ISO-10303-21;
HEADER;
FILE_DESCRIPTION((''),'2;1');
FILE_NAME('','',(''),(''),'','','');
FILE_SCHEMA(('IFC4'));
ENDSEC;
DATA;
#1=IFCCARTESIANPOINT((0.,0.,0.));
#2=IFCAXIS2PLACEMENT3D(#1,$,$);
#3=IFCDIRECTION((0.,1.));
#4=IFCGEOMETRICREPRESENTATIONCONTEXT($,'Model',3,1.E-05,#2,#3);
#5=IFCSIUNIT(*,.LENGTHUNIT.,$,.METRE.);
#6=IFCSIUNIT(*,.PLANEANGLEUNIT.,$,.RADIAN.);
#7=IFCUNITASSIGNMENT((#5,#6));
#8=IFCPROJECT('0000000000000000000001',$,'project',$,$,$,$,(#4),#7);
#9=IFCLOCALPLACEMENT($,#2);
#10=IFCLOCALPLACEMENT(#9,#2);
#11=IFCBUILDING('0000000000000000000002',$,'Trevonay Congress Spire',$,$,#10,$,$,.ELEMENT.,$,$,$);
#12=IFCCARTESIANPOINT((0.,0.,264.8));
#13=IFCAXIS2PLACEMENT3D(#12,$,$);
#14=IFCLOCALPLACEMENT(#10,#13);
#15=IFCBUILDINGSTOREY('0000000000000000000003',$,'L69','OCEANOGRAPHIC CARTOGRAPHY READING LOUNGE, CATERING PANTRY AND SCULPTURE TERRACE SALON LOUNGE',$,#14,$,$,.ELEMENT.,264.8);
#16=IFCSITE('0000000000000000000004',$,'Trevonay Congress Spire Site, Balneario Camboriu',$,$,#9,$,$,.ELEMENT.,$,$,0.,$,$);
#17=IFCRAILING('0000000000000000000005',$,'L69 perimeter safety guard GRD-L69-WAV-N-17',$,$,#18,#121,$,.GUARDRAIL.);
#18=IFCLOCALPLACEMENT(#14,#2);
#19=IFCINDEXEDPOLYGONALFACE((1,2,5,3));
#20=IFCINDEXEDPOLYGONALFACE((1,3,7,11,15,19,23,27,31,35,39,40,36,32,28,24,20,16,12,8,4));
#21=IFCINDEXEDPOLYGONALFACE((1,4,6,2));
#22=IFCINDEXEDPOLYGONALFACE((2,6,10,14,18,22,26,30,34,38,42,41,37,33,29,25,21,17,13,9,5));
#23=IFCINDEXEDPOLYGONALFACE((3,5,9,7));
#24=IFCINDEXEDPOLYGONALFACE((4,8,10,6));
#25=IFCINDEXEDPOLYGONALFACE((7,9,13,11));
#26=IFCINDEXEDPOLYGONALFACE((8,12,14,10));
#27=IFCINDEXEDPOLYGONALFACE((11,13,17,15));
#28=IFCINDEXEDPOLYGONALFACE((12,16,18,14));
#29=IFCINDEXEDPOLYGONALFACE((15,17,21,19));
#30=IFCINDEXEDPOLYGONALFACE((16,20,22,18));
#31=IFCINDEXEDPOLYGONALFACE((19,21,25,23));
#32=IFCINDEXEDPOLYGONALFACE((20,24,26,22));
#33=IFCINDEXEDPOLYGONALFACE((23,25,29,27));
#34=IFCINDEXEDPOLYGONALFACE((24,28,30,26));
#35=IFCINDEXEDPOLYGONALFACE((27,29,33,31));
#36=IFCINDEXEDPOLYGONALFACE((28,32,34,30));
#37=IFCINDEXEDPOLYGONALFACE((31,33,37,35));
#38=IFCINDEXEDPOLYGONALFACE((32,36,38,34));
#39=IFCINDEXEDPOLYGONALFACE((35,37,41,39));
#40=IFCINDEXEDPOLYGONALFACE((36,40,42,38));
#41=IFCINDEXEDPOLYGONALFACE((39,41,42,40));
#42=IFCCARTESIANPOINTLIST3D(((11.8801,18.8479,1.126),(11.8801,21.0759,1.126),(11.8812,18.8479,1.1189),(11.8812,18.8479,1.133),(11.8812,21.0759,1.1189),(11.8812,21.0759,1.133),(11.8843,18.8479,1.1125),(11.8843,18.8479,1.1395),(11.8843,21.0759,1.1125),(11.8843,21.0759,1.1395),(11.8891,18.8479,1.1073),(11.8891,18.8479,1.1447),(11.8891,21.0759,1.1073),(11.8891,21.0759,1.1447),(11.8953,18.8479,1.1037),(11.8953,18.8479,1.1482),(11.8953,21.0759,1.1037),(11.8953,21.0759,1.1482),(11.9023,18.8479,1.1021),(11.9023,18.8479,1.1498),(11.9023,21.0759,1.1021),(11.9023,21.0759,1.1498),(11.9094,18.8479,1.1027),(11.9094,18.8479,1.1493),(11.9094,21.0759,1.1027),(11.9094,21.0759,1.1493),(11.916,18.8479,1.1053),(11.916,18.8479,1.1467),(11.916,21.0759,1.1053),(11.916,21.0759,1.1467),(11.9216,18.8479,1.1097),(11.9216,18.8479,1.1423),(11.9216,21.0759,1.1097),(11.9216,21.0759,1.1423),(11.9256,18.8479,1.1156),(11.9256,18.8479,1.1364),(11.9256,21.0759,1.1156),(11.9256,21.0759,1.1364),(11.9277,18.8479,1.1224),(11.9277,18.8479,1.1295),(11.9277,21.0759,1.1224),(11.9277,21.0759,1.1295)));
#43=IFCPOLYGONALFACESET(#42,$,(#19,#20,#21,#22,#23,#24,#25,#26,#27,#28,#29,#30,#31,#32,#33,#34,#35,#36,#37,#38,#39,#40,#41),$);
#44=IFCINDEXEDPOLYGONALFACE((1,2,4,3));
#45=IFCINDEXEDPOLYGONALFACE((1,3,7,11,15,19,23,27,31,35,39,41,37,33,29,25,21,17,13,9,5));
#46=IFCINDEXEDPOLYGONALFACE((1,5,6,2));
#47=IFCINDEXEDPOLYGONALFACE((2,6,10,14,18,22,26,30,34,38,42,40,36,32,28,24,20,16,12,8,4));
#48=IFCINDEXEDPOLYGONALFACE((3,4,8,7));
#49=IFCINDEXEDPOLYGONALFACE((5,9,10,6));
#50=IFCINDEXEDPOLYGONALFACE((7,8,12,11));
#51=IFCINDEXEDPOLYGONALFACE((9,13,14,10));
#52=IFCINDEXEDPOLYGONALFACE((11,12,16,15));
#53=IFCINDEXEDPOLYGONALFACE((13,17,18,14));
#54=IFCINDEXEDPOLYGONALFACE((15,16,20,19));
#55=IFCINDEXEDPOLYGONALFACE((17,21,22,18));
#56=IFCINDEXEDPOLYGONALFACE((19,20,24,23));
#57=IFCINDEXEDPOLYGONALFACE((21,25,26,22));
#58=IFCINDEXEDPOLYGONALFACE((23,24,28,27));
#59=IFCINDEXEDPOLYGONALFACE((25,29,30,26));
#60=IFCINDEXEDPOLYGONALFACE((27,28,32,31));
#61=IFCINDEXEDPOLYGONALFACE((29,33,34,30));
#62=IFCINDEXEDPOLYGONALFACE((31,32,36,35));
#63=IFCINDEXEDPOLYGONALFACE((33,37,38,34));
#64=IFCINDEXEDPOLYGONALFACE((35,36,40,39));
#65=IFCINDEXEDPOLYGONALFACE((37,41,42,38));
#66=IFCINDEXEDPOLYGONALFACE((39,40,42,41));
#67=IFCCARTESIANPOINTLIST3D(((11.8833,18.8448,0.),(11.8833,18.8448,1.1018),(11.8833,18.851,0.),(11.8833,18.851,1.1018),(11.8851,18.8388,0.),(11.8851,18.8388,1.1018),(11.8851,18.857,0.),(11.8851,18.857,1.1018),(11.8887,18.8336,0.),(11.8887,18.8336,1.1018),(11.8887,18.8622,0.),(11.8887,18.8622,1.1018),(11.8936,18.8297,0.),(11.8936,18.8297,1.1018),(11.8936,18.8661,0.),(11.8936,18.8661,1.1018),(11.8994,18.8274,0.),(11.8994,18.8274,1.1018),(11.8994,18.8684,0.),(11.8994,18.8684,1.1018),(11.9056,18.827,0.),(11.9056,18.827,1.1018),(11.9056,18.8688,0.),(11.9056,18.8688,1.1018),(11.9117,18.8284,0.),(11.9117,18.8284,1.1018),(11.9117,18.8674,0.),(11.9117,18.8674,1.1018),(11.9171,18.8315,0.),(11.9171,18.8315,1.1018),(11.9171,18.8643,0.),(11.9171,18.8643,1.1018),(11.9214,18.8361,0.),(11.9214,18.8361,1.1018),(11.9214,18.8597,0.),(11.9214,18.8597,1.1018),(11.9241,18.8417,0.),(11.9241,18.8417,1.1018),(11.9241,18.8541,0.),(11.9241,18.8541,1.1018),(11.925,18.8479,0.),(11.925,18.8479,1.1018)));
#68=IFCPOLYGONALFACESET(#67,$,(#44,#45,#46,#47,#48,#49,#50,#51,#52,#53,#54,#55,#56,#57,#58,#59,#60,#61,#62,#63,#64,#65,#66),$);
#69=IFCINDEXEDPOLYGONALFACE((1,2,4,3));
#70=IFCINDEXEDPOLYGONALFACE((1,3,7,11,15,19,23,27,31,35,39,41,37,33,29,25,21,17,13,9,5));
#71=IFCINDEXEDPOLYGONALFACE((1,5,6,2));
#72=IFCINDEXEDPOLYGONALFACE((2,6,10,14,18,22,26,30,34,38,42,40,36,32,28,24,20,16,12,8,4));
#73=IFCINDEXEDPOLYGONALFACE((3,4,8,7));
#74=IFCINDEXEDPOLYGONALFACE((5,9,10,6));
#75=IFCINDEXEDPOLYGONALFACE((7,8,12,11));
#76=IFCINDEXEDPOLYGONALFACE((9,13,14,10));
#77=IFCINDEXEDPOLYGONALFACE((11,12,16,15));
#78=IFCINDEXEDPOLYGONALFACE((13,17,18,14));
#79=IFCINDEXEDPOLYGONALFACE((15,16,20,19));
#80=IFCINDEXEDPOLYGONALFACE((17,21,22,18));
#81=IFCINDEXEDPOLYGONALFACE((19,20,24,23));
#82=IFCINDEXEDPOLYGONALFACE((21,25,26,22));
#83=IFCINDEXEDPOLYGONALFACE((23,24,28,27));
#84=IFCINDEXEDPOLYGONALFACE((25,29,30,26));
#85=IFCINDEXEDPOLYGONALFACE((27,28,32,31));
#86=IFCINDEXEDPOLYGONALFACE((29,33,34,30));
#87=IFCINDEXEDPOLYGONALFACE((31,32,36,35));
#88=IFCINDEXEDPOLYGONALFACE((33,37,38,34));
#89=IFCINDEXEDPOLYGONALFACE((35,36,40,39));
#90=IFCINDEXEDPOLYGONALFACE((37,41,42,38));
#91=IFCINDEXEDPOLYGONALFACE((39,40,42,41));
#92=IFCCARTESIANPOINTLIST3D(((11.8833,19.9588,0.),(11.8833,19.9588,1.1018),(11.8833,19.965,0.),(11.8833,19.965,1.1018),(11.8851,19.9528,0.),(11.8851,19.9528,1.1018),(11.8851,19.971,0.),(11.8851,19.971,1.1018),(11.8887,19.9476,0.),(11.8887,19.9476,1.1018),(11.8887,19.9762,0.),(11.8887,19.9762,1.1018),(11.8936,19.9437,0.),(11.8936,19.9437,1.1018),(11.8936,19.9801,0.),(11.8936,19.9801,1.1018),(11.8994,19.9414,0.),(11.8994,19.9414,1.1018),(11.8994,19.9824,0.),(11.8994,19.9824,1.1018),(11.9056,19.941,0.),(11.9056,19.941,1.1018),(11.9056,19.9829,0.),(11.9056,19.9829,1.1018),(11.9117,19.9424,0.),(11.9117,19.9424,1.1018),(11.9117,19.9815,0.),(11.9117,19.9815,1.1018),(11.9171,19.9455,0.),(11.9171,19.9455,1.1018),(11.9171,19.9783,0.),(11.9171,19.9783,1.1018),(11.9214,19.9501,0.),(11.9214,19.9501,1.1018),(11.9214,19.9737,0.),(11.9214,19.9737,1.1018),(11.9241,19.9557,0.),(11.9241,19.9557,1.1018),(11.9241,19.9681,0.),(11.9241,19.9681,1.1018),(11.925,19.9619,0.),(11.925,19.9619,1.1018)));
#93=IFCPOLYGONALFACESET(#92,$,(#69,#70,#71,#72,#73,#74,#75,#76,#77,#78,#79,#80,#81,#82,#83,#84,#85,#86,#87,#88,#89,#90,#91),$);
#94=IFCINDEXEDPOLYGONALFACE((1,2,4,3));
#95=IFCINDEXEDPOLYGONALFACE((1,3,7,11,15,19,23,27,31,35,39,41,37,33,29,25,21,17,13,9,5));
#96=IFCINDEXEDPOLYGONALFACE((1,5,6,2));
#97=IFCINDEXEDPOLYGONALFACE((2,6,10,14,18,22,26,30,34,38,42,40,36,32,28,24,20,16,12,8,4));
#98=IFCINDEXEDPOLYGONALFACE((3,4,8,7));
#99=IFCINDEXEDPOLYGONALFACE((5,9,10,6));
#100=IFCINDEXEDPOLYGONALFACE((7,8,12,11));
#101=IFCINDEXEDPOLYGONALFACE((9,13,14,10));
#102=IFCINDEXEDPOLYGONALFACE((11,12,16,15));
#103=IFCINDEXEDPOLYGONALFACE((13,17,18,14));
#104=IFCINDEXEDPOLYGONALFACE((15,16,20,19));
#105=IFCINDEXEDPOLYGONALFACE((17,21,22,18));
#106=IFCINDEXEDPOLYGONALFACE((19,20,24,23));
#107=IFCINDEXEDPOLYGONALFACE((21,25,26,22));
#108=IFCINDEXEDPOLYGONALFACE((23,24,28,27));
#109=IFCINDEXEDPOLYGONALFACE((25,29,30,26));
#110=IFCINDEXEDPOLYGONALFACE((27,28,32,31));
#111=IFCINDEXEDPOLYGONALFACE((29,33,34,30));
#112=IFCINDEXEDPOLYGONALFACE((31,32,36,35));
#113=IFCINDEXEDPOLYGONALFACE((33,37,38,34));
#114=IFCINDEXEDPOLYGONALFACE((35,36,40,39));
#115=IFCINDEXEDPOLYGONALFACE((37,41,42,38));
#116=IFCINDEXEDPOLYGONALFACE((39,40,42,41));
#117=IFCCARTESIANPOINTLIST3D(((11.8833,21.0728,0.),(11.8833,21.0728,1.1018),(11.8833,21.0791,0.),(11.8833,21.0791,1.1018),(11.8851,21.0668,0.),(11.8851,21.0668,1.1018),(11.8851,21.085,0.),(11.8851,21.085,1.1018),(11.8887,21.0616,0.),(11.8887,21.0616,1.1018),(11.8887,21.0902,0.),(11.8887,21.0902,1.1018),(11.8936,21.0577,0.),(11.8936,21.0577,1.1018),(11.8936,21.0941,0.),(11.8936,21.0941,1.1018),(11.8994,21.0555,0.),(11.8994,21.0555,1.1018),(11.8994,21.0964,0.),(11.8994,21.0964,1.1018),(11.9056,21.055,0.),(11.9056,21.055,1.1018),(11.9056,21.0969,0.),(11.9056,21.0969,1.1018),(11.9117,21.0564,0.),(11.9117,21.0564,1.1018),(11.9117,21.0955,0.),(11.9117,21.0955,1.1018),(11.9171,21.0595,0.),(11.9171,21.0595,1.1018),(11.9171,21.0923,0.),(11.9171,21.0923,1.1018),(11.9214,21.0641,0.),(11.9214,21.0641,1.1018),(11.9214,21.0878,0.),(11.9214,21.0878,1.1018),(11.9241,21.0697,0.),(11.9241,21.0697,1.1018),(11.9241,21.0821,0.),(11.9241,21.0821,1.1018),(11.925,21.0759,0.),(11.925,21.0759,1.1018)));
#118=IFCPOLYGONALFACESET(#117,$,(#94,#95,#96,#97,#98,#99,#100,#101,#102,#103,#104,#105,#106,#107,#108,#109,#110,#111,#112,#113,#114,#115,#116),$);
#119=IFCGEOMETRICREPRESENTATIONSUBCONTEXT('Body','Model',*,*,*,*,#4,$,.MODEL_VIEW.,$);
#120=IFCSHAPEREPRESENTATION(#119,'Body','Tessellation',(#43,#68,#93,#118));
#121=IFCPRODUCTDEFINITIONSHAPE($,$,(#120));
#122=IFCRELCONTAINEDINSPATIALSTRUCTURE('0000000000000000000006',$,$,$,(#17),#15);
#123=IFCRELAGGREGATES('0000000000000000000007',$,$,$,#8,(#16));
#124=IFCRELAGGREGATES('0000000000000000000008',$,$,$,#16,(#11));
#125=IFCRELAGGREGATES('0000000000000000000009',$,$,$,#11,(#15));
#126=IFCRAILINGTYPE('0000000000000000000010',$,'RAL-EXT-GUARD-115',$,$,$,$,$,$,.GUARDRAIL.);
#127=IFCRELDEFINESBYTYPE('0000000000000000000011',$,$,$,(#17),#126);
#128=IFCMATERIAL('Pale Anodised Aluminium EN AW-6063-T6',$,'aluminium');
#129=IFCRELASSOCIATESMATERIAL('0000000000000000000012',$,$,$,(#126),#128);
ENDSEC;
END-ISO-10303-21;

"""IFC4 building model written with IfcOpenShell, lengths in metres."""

from ifc_helpers import new_model, si_unit, direction, frame, origin, origin_2d, place, context, subcontext, project, spatial, circle, extrude, material, type_object, element, save


model = new_model("IFC4")

# Units and contexts
model_context = context("Model", 3, precision=1e-05, world=origin(), true_north=direction((0.0, 1.0)))
body_context = subcontext(model_context, "Body", "Model", "MODEL_VIEW")
ifc_project = project(units=[si_unit("LENGTHUNIT", "METRE"), si_unit("PLANEANGLEUNIT", "RADIAN")], contexts=[model_context])

# Site, building, storey
site_placement = place(None, origin())
site = spatial("IfcSite", under=ifc_project, at=site_placement, Name="Trevonay Congress Spire Site, Balneario Camboriu", CompositionType="ELEMENT", RefElevation=0.0)
building_placement = place(site_placement, origin())
building = spatial("IfcBuilding", under=site, at=building_placement, Name="Trevonay Congress Spire", CompositionType="ELEMENT")
storey_placement = place(building_placement, frame((0.0, 0.0, 264.8)))
storey = spatial("IfcBuildingStorey", under=building, at=storey_placement, Name="L69", Description="OCEANOGRAPHIC CARTOGRAPHY READING LOUNGE, CATERING PANTRY AND SCULPTURE TERRACE SALON LOUNGE", CompositionType="ELEMENT", Elevation=264.8)

# Shared definitions
ifc_material_1 = material(Name="Pale Anodised Aluminium EN AW-6063-T6", Category="aluminium")

# Railing
railing_type = type_object("IfcRailingType", Name="RAL-EXT-GUARD-115", PredefinedType="GUARDRAIL", material=ifc_material_1)
railing_1_placement = place(storey_placement, frame((11.9041, 18.8479, 0.0)))
element("IfcRailing", 1, at=railing_1_placement, inside=storey, type_object=railing_type, Name="L69 perimeter safety guard GRD-L69-WAV-N-17", PredefinedType="GUARDRAIL", context=body_context, shape_type="SweptSolid", body=[
    extrude(circle(Radius=0.0239, at=origin_2d()), frame((0.0, 0.0, 1.126), z_axis=(0.0, 1.0, 0.0), x_axis=(-1.0, 0.0, 0.0)), (0.0, 0.0, 1.0), 2.228),
    extrude(circle(Radius=0.021, at=origin_2d()), origin(), (0.0, 0.0, 1.0), 1.1018),
    extrude(circle(Radius=0.021, at=origin_2d()), frame((0.0, 1.114, 0.0)), (0.0, 0.0, 1.0), 1.1018),
    extrude(circle(Radius=0.021, at=origin_2d()), frame((0.0, 2.228, 0.0)), (0.0, 0.0, 1.0), 1.1018),
])

save(model, "model.ifc")
